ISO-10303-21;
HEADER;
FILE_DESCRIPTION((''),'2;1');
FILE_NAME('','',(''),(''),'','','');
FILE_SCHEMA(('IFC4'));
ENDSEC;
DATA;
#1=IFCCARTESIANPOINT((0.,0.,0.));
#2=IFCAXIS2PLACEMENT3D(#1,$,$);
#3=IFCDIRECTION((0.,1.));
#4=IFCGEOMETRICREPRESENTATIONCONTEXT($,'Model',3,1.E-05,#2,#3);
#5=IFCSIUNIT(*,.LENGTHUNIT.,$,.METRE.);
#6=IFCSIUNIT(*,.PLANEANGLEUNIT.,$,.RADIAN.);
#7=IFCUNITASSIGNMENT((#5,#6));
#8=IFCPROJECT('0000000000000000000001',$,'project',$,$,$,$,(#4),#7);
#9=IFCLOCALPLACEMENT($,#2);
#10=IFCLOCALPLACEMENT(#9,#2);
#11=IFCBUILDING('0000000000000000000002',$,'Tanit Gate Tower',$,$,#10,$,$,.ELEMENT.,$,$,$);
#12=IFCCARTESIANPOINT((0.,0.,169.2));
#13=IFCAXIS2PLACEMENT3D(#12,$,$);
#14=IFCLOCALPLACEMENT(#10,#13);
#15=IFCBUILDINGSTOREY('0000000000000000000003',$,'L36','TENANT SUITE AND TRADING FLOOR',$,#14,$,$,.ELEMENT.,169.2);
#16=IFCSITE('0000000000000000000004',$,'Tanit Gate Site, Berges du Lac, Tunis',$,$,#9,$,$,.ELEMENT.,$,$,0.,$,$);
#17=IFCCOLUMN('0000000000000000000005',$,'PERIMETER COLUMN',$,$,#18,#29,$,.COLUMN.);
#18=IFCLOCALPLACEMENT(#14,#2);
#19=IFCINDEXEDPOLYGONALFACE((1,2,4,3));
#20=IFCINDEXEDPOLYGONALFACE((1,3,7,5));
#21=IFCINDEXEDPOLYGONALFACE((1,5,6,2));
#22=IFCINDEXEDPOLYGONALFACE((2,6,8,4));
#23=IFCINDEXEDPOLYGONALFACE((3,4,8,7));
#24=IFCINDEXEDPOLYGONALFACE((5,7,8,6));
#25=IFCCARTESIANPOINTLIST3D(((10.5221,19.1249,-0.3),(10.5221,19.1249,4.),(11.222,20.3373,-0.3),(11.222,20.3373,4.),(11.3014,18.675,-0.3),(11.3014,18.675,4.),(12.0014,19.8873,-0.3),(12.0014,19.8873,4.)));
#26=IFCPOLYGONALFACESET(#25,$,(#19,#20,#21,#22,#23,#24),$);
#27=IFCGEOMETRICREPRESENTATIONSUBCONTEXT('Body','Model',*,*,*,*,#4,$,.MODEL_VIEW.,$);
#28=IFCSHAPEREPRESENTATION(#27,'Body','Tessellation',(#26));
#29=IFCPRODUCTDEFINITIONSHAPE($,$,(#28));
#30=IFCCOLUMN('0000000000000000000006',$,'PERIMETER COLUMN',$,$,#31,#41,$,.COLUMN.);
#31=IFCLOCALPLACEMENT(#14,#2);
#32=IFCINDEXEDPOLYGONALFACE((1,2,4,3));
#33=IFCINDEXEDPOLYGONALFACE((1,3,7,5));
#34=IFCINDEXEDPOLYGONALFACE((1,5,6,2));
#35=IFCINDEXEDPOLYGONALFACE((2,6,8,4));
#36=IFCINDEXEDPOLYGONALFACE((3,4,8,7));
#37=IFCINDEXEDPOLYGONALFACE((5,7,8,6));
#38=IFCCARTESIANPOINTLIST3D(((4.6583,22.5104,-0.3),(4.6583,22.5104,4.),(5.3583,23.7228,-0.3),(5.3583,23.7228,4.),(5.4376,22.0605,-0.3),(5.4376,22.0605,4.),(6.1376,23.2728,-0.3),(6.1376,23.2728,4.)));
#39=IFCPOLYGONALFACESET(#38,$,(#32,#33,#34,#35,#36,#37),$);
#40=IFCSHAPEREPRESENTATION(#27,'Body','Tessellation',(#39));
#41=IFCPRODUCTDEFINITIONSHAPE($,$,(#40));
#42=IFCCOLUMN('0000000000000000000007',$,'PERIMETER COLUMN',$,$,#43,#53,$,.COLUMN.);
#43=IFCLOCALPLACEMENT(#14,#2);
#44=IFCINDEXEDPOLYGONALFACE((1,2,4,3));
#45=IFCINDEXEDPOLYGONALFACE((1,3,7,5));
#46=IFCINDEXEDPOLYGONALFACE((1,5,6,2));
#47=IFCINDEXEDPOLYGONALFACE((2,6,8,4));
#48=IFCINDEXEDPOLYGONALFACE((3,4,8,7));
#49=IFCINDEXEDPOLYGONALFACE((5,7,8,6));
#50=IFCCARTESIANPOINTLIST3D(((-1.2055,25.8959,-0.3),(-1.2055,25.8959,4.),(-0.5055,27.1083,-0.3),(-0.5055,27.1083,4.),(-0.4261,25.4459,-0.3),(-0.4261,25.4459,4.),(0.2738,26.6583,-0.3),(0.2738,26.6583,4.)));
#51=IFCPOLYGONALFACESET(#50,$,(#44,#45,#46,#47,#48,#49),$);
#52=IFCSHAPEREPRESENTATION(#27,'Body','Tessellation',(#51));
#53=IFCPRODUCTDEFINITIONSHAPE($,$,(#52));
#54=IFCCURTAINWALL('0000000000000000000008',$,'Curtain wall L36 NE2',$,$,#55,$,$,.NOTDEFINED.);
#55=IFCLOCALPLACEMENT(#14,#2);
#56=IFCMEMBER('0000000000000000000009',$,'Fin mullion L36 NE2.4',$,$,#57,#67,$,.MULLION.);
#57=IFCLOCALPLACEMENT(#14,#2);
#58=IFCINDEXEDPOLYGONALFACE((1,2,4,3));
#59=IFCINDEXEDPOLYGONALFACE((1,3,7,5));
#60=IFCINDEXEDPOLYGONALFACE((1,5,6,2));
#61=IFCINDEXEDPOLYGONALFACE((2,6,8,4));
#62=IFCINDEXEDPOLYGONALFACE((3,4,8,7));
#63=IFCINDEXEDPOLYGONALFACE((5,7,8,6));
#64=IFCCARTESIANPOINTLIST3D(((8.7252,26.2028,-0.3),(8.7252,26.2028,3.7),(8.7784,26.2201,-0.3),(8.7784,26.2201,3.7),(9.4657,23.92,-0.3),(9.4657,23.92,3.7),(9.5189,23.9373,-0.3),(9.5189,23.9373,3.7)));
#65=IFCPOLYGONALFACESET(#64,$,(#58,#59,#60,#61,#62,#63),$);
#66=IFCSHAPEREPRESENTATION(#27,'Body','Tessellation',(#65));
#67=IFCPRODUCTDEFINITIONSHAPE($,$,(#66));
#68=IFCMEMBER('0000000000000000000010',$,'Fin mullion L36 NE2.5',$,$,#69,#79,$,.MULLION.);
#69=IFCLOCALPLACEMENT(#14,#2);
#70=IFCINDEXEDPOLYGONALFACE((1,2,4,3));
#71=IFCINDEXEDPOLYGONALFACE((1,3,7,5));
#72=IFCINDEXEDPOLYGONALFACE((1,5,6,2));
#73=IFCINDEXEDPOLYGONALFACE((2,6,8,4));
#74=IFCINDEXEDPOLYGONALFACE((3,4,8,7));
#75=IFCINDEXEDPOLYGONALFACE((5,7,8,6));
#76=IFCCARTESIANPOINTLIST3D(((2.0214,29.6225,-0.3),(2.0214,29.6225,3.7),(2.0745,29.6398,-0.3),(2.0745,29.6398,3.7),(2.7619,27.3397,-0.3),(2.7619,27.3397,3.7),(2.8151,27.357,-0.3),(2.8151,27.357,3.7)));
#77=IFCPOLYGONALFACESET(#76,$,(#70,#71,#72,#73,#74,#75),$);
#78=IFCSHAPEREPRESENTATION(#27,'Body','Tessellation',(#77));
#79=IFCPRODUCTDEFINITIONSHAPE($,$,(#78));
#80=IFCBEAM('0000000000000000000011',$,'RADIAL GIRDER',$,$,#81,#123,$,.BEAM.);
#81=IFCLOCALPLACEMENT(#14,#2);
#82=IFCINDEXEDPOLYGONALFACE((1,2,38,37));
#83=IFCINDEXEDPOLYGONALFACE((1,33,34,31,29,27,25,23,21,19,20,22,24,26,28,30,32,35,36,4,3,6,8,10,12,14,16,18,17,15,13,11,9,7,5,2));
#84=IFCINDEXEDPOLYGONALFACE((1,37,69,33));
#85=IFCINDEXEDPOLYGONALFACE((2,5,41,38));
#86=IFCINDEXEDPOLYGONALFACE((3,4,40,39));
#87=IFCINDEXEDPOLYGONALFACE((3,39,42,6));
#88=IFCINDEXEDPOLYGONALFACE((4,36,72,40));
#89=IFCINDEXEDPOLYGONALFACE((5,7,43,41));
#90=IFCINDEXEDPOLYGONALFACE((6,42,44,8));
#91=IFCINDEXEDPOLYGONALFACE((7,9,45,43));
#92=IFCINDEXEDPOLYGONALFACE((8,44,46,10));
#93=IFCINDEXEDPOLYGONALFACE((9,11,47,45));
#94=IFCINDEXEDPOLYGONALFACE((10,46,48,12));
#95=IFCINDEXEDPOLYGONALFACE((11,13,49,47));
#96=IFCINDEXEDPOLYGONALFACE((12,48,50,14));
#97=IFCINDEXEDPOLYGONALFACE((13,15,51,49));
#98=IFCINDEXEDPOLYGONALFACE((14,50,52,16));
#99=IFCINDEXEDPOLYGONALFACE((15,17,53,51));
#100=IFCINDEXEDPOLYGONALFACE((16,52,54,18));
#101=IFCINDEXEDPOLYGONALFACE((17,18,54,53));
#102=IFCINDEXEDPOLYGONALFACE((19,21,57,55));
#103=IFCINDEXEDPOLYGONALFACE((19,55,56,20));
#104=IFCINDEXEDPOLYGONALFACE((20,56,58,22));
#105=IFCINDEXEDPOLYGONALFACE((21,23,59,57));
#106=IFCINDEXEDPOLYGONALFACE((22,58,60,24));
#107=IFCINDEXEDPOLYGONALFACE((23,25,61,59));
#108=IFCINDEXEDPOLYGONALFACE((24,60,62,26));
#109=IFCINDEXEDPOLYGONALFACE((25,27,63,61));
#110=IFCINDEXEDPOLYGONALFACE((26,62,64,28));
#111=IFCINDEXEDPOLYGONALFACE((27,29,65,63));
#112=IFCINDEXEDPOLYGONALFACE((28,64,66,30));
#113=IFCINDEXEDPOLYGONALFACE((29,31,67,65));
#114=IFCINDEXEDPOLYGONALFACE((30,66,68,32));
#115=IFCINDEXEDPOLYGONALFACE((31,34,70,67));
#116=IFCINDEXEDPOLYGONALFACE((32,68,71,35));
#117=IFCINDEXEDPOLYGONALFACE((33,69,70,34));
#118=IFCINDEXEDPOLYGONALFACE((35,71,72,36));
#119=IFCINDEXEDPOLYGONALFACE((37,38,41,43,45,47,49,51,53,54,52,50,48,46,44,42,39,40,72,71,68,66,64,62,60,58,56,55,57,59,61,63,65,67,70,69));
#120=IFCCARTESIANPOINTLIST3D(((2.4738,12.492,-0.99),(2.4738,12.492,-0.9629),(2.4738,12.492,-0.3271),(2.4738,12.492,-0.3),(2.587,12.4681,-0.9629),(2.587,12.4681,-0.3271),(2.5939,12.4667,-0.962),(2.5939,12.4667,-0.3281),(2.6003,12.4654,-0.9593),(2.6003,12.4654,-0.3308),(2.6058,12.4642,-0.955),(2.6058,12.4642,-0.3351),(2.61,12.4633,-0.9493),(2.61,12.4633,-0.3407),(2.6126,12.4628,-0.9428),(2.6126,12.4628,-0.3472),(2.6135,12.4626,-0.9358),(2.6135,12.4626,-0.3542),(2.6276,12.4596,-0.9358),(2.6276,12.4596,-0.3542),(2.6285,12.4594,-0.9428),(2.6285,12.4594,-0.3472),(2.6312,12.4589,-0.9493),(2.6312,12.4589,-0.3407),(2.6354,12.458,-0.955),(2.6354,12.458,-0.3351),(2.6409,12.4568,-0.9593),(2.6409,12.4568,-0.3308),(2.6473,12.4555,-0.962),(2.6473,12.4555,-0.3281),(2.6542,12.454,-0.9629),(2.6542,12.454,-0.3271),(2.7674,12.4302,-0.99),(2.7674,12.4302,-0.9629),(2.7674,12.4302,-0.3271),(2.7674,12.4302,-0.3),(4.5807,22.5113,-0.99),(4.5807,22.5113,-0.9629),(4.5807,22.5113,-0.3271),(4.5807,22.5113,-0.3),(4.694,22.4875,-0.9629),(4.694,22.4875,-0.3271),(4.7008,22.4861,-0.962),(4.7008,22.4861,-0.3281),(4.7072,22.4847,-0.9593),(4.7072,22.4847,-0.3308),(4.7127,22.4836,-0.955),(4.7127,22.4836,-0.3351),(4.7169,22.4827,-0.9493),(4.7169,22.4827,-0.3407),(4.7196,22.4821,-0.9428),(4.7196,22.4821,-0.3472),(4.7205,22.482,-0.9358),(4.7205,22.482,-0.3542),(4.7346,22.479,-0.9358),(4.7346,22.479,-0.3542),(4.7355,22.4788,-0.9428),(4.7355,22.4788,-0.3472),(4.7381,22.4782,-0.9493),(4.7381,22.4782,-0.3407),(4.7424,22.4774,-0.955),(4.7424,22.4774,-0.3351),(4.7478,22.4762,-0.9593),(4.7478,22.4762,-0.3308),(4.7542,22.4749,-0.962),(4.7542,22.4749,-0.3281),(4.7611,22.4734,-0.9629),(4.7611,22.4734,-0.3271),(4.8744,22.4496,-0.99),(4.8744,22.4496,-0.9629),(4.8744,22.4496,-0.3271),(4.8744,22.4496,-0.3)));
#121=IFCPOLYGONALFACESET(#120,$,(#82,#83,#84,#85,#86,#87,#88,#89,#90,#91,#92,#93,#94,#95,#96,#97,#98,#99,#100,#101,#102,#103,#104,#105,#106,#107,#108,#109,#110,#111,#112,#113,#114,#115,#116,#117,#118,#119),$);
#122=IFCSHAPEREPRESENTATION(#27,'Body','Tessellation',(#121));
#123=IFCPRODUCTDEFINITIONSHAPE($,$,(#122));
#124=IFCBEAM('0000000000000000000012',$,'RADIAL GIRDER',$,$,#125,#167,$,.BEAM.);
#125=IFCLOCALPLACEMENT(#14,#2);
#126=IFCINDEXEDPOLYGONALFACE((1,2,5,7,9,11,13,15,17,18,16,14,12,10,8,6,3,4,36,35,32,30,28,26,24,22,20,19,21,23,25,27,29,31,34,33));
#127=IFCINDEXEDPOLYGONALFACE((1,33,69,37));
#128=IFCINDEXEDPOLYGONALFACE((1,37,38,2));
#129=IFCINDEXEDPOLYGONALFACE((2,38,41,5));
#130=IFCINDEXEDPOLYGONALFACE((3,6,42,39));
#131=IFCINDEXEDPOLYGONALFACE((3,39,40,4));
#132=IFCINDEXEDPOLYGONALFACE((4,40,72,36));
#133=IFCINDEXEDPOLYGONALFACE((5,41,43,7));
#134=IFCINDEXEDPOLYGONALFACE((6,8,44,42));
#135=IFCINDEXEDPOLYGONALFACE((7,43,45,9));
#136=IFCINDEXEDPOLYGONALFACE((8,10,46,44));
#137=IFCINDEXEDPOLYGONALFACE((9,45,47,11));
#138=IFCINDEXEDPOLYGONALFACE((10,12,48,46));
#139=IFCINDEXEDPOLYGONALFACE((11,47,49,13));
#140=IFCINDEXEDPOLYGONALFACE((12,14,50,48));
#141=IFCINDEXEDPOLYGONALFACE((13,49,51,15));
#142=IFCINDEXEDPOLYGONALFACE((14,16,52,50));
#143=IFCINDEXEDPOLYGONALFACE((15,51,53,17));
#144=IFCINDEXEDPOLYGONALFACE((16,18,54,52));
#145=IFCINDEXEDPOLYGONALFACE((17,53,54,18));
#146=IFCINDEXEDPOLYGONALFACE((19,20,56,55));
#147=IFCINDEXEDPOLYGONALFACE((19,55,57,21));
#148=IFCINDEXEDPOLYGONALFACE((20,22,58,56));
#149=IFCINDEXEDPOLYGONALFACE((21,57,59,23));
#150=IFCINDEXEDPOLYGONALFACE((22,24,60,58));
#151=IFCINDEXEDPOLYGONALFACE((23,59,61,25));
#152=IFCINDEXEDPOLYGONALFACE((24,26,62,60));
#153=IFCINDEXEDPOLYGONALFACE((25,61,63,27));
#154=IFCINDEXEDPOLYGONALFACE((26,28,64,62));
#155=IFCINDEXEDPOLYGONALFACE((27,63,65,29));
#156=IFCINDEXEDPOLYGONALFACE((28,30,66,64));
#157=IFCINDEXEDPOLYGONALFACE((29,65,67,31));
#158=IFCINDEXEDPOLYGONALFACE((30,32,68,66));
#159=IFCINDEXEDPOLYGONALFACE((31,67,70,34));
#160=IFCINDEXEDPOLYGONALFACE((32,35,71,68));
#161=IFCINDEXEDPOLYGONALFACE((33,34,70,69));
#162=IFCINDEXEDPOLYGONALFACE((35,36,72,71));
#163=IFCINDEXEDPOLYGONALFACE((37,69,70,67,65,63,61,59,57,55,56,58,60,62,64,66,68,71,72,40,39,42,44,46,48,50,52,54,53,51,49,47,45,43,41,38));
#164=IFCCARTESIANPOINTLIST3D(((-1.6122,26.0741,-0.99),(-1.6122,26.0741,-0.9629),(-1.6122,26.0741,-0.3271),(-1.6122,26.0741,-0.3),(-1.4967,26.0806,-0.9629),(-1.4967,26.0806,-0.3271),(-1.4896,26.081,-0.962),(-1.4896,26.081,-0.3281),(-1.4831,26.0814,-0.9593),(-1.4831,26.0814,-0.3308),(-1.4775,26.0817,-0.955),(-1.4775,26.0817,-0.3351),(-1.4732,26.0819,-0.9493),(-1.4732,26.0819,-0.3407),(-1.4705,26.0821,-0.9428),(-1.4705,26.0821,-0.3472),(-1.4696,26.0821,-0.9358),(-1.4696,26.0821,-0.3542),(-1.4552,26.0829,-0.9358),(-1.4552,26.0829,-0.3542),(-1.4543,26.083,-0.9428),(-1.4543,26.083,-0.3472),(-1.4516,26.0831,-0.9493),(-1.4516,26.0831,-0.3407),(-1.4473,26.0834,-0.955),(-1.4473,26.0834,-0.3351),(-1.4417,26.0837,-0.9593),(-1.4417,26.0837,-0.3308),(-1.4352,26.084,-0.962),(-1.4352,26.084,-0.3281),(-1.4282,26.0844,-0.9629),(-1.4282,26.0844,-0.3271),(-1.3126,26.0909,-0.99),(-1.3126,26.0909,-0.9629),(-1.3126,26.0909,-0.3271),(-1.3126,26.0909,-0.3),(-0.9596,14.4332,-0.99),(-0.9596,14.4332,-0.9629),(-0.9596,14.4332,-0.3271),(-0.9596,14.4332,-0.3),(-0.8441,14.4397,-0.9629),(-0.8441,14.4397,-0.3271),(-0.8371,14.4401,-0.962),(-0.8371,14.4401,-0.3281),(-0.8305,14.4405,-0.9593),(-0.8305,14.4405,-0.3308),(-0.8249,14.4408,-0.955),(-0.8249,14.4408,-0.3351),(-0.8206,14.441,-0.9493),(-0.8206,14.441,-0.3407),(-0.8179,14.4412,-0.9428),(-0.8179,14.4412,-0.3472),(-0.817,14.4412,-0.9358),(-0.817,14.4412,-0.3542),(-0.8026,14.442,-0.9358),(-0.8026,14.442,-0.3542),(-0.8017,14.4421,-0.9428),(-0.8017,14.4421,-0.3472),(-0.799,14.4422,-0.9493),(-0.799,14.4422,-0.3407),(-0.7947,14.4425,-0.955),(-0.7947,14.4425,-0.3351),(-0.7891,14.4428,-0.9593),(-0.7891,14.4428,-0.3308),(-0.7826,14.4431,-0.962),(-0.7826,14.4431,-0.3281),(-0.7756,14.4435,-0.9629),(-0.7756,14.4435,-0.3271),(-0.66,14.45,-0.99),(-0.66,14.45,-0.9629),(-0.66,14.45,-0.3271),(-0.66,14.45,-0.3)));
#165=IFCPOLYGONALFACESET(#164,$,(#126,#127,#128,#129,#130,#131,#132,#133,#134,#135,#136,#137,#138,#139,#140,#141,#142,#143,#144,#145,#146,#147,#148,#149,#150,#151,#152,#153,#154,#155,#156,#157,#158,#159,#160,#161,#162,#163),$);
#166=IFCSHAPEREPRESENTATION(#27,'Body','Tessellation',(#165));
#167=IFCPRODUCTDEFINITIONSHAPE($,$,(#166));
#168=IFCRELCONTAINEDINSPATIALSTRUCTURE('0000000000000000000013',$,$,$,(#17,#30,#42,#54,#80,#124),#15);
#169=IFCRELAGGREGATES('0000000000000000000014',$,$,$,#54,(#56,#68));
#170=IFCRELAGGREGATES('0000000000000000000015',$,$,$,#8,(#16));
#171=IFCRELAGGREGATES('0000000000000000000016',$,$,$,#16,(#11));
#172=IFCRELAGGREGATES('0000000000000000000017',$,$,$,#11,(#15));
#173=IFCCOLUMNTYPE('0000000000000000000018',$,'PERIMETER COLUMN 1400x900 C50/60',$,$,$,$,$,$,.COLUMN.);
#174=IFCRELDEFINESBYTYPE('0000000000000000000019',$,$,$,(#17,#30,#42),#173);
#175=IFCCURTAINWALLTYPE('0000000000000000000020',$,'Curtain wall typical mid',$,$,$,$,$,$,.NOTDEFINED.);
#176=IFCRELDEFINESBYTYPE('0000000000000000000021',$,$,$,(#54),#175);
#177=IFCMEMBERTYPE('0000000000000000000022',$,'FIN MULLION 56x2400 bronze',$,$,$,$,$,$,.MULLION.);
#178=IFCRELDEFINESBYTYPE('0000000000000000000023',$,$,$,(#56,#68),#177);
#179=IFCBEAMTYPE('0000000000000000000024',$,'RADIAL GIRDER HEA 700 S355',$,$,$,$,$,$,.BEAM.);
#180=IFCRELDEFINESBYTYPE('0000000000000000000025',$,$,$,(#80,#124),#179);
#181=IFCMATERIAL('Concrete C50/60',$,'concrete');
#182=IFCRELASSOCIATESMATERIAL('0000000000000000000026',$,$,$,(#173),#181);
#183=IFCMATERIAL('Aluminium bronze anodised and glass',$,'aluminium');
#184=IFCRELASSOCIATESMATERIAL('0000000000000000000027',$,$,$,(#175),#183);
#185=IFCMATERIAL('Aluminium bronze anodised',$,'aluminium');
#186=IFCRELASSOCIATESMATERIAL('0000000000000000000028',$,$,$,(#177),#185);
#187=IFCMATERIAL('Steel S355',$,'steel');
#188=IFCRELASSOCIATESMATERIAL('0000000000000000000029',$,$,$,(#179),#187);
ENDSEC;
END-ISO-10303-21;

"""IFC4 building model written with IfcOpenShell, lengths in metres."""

from ifc_helpers import new_model, si_unit, direction, frame, origin, origin_2d, place, context, subcontext, project, spatial, rectangle, i_section, extrude, material, material_profile, profile_set, type_object, element, aggregate, save


model = new_model("IFC4")

# Units and contexts
model_context = context("Model", 3, precision=1e-05, world=origin(), true_north=direction((0.0, 1.0)))
body_context = subcontext(model_context, "Body", "Model", "MODEL_VIEW")
ifc_project = project(units=[si_unit("LENGTHUNIT", "METRE"), si_unit("PLANEANGLEUNIT", "RADIAN")], contexts=[model_context])

# Site, building, storey
site_placement = place(None, origin())
site = spatial("IfcSite", under=ifc_project, at=site_placement, Name="Tanit Gate Site, Berges du Lac, Tunis", CompositionType="ELEMENT", RefElevation=0.0)
building_placement = place(site_placement, origin())
building = spatial("IfcBuilding", under=site, at=building_placement, Name="Tanit Gate Tower", CompositionType="ELEMENT")
storey_placement = place(building_placement, frame((0.0, 0.0, 169.2)))
storey = spatial("IfcBuildingStorey", under=building, at=storey_placement, Name="L36", Description="TENANT SUITE AND TRADING FLOOR", CompositionType="ELEMENT", Elevation=169.2)

# Columns
ifc_material_1 = material(Name="Concrete C50/60", Category="concrete")
ifc_material_profile_1 = material_profile(ifc_material_1, rectangle(XDim=1.3999, YDim=0.8999, at=origin_2d()), Name="RC 1400x900")
ifc_profile_set_1 = profile_set([ifc_material_profile_1], Name="Concrete C50/60")
column_type = type_object("IfcColumnType", Name="PERIMETER COLUMN 1400x900 C50/60", PredefinedType="COLUMN", material=ifc_profile_set_1)
for number, where, z_axis, x_axis, name in (
    (1, (11.2617, 19.5061, -0.3), (0.0, 0.0, 1.0), (0.5, 0.866025, 0.0), "PERIMETER COLUMN"),
    (2, (5.3979, 22.8916, -0.3), (0.0, 0.0, 1.0), (0.5, 0.866025, 0.0), "PERIMETER COLUMN"),
    (3, (-0.4658, 26.2771, -0.3), (0.0, 0.0, 1.0), (0.5, 0.866025, 0.0), "PERIMETER COLUMN"),
):
    element("IfcColumn", number, at=place(storey_placement, frame(where, z_axis=z_axis, x_axis=x_axis)), inside=storey, type_object=column_type, Name=name, PredefinedType="COLUMN", context=body_context, shape_type="SweptSolid", body=[
        extrude(rectangle(XDim=1.3999, YDim=0.8999, at=origin_2d()), origin(), (0.0, 0.0, 1.0), 4.3),
    ])

# Curtain wall, members
ifc_material_2 = material(Name="Aluminium bronze anodised and glass", Category="aluminium")
curtain_wall_type = type_object("IfcCurtainWallType", Name="Curtain wall typical mid", PredefinedType="NOTDEFINED", material=ifc_material_2)
curtain_wall_placement = place(storey_placement, origin())
curtain_wall = element("IfcCurtainWall", 4, at=curtain_wall_placement, inside=storey, type_object=curtain_wall_type, Name="Curtain wall L36 NE2", PredefinedType="NOTDEFINED")
ifc_material_3 = material(Name="Aluminium bronze anodised", Category="aluminium")
ifc_material_profile_2 = material_profile(ifc_material_3, rectangle(XDim=2.3999, YDim=0.0559, at=origin_2d()), Name="56x2400 bronze fin mullion")
ifc_profile_set_2 = profile_set([ifc_material_profile_2], Name="Aluminium bronze anodised")
member_type_1 = type_object("IfcMemberType", Name="FIN MULLION 56x2400 bronze", PredefinedType="MULLION", material=ifc_profile_set_2)
member_1_placement = place(storey_placement, frame((9.1221, 25.0701, -0.3), z_axis=(0.0, 0.0, 1.0), x_axis=(0.308568, -0.951202, 0.0)))
member_1 = element("IfcMember", 5, at=member_1_placement, type_object=member_type_1, Name="Fin mullion L36 NE2.4", PredefinedType="MULLION", context=body_context, shape_type="SweptSolid", body=[
    extrude(rectangle(XDim=2.3999, YDim=0.0559, at=origin_2d()), origin(), (0.0, 0.0, 1.0), 4.0),
])
member_2_placement = place(storey_placement, frame((2.4182, 28.4897, -0.3), z_axis=(0.0, 0.0, 1.0), x_axis=(0.308568, -0.951202, 0.0)))
member_2 = element("IfcMember", 6, at=member_2_placement, type_object=member_type_1, Name="Fin mullion L36 NE2.5", PredefinedType="MULLION", context=body_context, shape_type="SweptSolid", body=[
    extrude(rectangle(XDim=2.3999, YDim=0.0559, at=origin_2d()), origin(), (0.0, 0.0, 1.0), 4.0),
])

# Beams
ifc_material_4 = material(Name="Steel S355", Category="steel")
ifc_material_profile_3 = material_profile(ifc_material_4, i_section(OverallWidth=0.3, OverallDepth=0.6899, WebThickness=0.0144, FlangeThickness=0.0271, FilletRadius=0.0271, at=origin_2d()), Name="HEA 700")
ifc_profile_set_3 = profile_set([ifc_material_profile_3], Name="Steel S355")
beam_type_1 = type_object("IfcBeamType", Name="RADIAL GIRDER HEA 700 S355", PredefinedType="BEAM", material=ifc_profile_set_3)
beam_1_placement = place(storey_placement, frame((4.7275, 22.4805, -0.645), z_axis=(-0.205787, -0.978597, 0.0), x_axis=(0.978597, -0.205787, 0.0)))
element("IfcBeam", 7, at=beam_1_placement, inside=storey, type_object=beam_type_1, Name="RADIAL GIRDER", PredefinedType="BEAM", context=body_context, shape_type="SweptSolid", body=[
    extrude(i_section(OverallWidth=0.3, OverallDepth=0.6899, WebThickness=0.0144, FlangeThickness=0.0271, FilletRadius=0.0271, at=origin_2d()), origin(), (0.0, 0.0, 1.0), 10.2385),
])
beam_2_placement = place(storey_placement, frame((-1.4624, 26.0825, -0.645), z_axis=(0.055972, -0.998432, 0.0), x_axis=(0.998432, 0.055972, 0.0)))
element("IfcBeam", 8, at=beam_2_placement, inside=storey, type_object=beam_type_1, Name="RADIAL GIRDER", PredefinedType="BEAM", context=body_context, shape_type="SweptSolid", body=[
    extrude(i_section(OverallWidth=0.3, OverallDepth=0.6899, WebThickness=0.0144, FlangeThickness=0.0271, FilletRadius=0.0271, at=origin_2d()), origin(), (0.0, 0.0, 1.0), 11.6592),
])

aggregate(curtain_wall, [member_1, member_2])

save(model, "model.ifc")
